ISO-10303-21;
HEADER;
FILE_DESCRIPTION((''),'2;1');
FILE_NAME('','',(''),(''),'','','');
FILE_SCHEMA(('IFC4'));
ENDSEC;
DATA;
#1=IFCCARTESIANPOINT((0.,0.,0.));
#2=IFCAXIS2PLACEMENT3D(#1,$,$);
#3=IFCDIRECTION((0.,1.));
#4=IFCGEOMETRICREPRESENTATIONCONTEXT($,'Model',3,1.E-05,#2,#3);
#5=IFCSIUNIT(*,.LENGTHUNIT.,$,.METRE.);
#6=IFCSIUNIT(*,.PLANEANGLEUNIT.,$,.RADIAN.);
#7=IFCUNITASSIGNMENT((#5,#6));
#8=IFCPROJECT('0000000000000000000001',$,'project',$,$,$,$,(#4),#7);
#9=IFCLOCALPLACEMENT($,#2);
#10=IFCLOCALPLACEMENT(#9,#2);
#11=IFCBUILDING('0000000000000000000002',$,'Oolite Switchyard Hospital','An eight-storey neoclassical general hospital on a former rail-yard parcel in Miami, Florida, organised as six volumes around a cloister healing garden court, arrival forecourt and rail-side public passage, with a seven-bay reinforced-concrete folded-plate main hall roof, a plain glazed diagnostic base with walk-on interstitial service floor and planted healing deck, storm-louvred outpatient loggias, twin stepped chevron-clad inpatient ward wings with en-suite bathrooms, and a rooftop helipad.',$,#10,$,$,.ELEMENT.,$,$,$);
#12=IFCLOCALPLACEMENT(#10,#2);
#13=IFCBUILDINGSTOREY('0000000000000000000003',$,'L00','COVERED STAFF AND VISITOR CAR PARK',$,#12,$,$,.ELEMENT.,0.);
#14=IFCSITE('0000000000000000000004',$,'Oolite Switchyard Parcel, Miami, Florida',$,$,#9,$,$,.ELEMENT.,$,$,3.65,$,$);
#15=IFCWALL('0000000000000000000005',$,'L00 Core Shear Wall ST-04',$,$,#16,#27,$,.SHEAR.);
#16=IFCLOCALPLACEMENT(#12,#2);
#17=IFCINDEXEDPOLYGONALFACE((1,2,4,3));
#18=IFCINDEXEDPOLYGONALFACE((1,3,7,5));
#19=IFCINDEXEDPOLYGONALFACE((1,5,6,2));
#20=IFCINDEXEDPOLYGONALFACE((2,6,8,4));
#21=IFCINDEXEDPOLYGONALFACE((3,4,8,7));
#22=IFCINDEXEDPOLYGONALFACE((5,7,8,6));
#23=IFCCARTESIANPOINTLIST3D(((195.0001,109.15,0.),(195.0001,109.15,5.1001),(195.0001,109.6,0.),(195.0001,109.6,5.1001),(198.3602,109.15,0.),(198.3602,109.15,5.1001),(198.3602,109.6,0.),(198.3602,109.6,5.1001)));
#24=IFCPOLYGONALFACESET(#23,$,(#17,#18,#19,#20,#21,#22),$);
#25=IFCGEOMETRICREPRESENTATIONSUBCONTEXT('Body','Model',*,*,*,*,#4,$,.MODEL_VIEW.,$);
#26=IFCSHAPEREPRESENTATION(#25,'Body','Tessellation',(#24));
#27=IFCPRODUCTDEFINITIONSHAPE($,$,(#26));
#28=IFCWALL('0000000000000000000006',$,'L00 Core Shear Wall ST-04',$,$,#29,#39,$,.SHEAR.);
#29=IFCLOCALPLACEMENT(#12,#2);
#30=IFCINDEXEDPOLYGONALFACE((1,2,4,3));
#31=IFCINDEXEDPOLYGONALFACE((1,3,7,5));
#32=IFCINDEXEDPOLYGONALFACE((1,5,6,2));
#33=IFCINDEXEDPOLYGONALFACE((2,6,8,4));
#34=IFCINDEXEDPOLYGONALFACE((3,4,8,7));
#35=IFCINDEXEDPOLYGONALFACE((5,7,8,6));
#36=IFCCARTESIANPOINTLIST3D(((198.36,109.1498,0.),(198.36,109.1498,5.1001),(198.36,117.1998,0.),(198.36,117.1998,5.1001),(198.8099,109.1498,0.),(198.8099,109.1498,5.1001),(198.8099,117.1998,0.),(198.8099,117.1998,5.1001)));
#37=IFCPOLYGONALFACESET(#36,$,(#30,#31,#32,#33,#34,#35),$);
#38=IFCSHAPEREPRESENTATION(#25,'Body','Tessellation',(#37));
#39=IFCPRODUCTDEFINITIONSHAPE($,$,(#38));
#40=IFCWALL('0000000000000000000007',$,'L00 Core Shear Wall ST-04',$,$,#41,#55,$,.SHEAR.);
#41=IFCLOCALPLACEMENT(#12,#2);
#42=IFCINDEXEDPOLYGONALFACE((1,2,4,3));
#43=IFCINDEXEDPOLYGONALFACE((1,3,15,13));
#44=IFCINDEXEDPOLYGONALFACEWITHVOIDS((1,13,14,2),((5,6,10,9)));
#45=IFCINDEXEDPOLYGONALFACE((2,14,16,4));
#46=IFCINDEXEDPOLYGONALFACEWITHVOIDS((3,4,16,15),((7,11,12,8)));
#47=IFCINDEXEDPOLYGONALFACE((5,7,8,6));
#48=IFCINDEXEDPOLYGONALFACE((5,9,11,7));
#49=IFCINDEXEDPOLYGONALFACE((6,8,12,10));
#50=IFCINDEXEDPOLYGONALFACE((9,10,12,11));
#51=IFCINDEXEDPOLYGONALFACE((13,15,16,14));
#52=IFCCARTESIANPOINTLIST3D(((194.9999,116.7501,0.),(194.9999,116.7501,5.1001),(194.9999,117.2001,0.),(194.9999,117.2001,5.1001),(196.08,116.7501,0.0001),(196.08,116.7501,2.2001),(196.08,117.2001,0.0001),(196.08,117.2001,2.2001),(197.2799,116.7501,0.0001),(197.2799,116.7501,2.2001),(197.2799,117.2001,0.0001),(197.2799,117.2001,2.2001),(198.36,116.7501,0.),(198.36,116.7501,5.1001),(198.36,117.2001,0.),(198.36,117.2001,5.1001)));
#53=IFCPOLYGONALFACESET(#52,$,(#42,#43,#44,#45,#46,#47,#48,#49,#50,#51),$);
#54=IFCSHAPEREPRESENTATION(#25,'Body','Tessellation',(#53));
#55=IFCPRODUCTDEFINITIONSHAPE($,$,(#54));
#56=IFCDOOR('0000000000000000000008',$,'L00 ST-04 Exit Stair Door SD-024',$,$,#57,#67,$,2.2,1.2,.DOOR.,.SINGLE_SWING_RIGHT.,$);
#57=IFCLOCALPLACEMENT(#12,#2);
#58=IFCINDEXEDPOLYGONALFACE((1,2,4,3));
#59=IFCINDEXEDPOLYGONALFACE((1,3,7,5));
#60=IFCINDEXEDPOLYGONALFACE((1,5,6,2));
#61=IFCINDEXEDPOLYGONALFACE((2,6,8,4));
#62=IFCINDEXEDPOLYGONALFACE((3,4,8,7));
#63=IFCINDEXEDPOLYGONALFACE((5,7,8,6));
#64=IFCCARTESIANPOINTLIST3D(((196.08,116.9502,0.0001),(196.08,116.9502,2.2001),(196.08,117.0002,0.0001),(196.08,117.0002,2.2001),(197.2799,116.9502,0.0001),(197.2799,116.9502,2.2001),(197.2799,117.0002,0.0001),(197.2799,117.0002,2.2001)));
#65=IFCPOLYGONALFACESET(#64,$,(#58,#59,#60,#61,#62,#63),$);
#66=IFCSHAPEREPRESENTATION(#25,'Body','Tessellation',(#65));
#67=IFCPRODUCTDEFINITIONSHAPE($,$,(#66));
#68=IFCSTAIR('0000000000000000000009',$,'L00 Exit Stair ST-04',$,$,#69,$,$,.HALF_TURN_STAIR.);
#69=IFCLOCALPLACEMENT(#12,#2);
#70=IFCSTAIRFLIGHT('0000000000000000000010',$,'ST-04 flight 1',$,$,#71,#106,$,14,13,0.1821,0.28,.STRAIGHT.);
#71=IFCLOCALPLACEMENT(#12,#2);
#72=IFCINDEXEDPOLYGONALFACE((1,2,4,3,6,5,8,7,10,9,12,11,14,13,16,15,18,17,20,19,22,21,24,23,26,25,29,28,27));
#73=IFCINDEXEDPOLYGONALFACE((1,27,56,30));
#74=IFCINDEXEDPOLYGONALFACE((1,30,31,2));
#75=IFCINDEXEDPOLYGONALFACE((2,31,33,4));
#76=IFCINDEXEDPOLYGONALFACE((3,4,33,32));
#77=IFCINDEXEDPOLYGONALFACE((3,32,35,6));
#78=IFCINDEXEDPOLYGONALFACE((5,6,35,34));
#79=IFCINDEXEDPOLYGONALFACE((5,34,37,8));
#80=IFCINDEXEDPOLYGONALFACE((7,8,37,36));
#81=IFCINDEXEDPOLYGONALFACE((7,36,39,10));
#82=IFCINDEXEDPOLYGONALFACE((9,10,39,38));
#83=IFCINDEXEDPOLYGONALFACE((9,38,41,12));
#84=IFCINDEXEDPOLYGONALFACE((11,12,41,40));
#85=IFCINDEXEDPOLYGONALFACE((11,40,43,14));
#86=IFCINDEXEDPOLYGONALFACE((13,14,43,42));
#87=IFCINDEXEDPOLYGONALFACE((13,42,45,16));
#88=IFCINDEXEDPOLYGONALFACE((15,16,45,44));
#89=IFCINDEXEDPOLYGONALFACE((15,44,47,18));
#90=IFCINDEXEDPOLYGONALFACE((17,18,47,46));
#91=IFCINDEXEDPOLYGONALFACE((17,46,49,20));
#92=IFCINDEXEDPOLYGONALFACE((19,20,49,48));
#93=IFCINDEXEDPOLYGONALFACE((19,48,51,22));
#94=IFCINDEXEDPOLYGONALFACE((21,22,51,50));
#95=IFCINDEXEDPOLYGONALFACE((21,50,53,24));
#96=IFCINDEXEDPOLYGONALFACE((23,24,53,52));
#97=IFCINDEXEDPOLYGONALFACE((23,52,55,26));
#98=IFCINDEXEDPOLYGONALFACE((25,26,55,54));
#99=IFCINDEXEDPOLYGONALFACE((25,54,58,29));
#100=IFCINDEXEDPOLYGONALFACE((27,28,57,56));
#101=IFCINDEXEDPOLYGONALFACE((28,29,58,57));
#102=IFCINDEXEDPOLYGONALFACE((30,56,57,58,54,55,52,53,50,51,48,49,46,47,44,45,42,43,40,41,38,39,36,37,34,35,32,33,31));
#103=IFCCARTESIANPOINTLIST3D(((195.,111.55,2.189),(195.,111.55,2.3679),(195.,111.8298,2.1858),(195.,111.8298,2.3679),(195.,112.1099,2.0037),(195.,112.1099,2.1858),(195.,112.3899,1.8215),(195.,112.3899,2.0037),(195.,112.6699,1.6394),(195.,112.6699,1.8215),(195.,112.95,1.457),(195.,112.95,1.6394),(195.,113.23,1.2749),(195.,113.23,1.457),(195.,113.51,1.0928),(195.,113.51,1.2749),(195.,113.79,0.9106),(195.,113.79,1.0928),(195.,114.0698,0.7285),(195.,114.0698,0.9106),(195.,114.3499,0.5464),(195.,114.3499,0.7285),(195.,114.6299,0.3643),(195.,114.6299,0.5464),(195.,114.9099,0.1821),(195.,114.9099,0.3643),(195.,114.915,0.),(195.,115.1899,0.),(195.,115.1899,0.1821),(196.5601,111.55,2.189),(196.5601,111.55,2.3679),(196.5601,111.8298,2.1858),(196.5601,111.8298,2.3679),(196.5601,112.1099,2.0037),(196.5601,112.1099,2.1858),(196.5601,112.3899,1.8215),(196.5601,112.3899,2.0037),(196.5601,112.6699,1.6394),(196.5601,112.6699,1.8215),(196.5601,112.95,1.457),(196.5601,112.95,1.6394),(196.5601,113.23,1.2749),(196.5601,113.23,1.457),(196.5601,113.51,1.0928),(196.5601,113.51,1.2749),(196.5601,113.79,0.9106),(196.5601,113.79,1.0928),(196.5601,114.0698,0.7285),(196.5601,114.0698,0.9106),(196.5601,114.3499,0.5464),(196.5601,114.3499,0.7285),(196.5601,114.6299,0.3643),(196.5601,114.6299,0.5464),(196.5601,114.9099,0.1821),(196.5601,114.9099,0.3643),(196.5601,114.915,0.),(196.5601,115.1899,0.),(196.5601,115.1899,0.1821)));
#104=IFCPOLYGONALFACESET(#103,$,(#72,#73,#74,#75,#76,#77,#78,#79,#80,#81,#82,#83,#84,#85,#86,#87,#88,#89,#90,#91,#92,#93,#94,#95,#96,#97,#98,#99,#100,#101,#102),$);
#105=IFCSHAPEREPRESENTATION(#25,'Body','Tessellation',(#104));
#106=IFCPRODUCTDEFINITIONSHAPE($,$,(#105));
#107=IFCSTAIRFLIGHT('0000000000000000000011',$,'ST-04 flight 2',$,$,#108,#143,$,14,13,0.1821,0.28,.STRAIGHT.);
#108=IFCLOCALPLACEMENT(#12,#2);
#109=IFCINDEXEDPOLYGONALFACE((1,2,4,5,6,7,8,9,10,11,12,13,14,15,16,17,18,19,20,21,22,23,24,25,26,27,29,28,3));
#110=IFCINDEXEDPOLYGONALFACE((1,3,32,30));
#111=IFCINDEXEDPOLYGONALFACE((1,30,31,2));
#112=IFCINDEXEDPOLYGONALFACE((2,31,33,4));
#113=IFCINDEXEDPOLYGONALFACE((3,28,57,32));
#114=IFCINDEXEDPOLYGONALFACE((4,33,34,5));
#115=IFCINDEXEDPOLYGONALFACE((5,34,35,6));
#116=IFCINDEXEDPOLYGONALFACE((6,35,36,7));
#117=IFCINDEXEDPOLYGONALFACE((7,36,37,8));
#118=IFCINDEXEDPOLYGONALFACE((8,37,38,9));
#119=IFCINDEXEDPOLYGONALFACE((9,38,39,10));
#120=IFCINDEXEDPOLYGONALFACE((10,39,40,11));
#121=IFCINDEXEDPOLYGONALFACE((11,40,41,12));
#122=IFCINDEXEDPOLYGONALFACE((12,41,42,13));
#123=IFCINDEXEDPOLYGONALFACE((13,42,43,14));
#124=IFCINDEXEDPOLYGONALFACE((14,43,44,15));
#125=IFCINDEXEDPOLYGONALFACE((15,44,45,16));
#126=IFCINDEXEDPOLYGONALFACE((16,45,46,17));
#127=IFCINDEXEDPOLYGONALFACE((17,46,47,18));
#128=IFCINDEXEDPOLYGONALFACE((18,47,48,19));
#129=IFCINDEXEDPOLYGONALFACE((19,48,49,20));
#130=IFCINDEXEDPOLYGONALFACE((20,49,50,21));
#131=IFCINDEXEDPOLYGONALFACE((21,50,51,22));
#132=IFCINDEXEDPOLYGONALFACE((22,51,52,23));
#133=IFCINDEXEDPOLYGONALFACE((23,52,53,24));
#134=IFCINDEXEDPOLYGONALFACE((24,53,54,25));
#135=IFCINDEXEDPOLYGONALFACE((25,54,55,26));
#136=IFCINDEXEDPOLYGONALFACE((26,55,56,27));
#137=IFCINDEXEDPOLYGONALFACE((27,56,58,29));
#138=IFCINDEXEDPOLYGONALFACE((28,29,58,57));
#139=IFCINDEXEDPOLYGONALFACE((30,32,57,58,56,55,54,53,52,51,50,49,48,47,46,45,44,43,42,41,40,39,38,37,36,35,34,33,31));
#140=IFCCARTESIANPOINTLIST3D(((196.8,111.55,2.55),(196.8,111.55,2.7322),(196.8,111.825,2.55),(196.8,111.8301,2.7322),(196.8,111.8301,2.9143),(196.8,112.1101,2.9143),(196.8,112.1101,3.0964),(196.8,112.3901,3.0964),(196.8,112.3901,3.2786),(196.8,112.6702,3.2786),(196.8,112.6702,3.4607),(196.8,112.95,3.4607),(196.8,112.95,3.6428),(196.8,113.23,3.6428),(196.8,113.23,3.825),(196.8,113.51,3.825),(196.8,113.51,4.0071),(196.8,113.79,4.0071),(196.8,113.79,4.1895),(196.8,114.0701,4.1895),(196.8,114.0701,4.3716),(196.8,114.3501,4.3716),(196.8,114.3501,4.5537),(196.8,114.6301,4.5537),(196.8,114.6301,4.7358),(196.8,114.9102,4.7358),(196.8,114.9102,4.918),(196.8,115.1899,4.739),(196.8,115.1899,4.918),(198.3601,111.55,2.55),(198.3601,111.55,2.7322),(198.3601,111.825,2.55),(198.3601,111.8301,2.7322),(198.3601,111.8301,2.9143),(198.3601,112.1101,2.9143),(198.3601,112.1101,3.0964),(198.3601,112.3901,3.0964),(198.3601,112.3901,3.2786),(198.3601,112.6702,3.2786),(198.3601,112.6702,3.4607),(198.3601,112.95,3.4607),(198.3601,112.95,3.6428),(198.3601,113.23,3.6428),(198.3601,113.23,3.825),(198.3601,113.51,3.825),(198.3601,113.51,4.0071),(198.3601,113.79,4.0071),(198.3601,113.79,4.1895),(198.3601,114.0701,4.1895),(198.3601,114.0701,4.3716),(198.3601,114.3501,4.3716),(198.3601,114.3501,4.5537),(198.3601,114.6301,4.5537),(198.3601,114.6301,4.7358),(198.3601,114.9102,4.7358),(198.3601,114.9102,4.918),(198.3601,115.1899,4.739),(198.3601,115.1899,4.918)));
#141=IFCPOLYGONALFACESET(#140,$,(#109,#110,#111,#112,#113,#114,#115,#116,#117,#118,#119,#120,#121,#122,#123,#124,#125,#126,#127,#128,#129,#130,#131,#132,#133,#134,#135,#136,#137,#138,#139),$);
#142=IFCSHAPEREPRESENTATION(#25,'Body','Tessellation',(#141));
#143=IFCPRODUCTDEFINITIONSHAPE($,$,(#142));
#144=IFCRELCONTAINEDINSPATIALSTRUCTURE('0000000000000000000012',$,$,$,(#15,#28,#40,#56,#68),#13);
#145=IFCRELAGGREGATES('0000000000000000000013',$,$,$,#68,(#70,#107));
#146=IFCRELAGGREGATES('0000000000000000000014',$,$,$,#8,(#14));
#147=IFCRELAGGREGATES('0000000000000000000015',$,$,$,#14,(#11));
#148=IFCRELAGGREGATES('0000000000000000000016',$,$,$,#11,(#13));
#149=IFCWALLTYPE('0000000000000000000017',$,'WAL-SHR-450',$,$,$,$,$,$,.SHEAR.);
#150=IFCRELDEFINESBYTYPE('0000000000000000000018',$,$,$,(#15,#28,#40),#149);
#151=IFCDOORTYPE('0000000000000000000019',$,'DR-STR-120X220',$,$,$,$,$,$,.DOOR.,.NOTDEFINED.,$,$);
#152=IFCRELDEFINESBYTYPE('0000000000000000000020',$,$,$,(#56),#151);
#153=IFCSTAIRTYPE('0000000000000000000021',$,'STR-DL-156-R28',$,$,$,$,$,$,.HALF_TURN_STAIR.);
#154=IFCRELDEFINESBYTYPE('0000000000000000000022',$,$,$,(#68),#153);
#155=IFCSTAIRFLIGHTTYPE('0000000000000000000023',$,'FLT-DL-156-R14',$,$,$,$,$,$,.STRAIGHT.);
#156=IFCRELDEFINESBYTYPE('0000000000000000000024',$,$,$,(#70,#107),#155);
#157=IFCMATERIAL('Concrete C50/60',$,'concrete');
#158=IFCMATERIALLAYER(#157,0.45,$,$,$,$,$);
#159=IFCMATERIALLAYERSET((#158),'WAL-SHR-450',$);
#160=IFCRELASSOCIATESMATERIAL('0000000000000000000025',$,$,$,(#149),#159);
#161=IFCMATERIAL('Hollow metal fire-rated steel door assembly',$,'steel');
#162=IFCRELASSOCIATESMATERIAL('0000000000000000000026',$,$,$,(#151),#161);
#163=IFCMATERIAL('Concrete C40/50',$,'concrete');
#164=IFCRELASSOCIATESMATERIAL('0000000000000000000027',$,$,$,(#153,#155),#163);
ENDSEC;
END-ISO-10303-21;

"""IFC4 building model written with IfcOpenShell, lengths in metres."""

from ifc_helpers import new_model, si_unit, direction, frame, frame_2d, origin, place, context, subcontext, project, spatial, polyline, rectangle, outline, extrude, material, layer, layer_set, type_object, element, fill, aggregate, save


model = new_model("IFC4")

# Units and contexts
model_context = context("Model", 3, precision=1e-05, world=origin(), true_north=direction((0.0, 1.0)))
body_context = subcontext(model_context, "Body", "Model", "MODEL_VIEW")
ifc_project = project(units=[si_unit("LENGTHUNIT", "METRE"), si_unit("PLANEANGLEUNIT", "RADIAN")], contexts=[model_context])

# Site, building, storey
site_placement = place(None, origin())
site = spatial("IfcSite", under=ifc_project, at=site_placement, Name="Oolite Switchyard Parcel, Miami, Florida", CompositionType="ELEMENT", RefElevation=3.65)
building_placement = place(site_placement, origin())
building = spatial("IfcBuilding", under=site, at=building_placement, Name="Oolite Switchyard Hospital", Description="An eight-storey neoclassical general hospital on a former rail-yard parcel in Miami, Florida, organised as six volumes around a cloister healing garden court, arrival forecourt and rail-side public passage, with a seven-bay reinforced-concrete folded-plate main hall roof, a plain glazed diagnostic base with walk-on interstitial service floor and planted healing deck, storm-louvred outpatient loggias, twin stepped chevron-clad inpatient ward wings with en-suite bathrooms, and a rooftop helipad.", CompositionType="ELEMENT")
storey_placement = place(building_placement, origin())
storey = spatial("IfcBuildingStorey", under=building, at=storey_placement, Name="L00", Description="COVERED STAFF AND VISITOR CAR PARK", CompositionType="ELEMENT", Elevation=0.0)

# Shared definitions
ifc_material_1 = material(Name="Concrete C40/50", Category="concrete")

# Shared definitions
ifc_material_2 = material(Name="Concrete C50/60", Category="concrete")

# Walls
ifc_layer = layer(ifc_material_2, 0.45)
ifc_layer_set = layer_set([ifc_layer], Name="WAL-SHR-450")
wall_type = type_object("IfcWallType", Name="WAL-SHR-450", PredefinedType="SHEAR", material=ifc_layer_set)
wall_1_placement = place(storey_placement, frame((195.0, 109.375, 0.0), z_axis=(0.0, 0.0, 1.0), x_axis=(1.0, 0.0, 0.0)))
element("IfcWall", 1, at=wall_1_placement, inside=storey, type_object=wall_type, Name="L00 Core Shear Wall ST-04", PredefinedType="SHEAR", context=body_context, shape_type="SweptSolid", body=[
    extrude(rectangle(XDim=3.3601, YDim=0.45, at=frame_2d((1.6802, 0.0))), origin(), (0.0, 0.0, 1.0), 5.1001),
])
wall_2_placement = place(storey_placement, frame((198.585, 109.1499, 0.0), z_axis=(0.0, 0.0, 1.0), x_axis=(0.0, 1.0, 0.0)))
element("IfcWall", 2, at=wall_2_placement, inside=storey, type_object=wall_type, Name="L00 Core Shear Wall ST-04", PredefinedType="SHEAR", context=body_context, shape_type="SweptSolid", body=[
    extrude(rectangle(XDim=8.05, YDim=0.45, at=frame_2d((4.0249, 0.0))), origin(), (0.0, 0.0, 1.0), 5.1001),
])

# Wall, opening, door
wall_3_placement = place(storey_placement, frame((198.3601, 116.9751, 0.0), z_axis=(0.0, 0.0, 1.0), x_axis=(-1.0, 0.0, 0.0)))
wall_3 = element("IfcWall", 3, at=wall_3_placement, inside=storey, type_object=wall_type, Name="L00 Core Shear Wall ST-04", PredefinedType="SHEAR", context=body_context, shape_type="SweptSolid", body=[
    extrude(rectangle(XDim=3.3601, YDim=0.45, at=frame_2d((1.6802, 0.0))), origin(), (0.0, 0.0, 1.0), 5.1001),
])
opening_placement = place(wall_3_placement, frame((1.0801, 0.0, 0.0)))
opening = element("IfcOpeningElement", 4, at=opening_placement, cuts=wall_3, PredefinedType="OPENING", context=body_context, shape_type="SweptSolid", body=[
    extrude(rectangle(XDim=1.2, YDim=2.2, at=frame_2d((0.6001, 1.1001))), frame((0.0, 0.2349, 0.0), z_axis=(0.0, -1.0, 0.0), x_axis=(1.0, 0.0, 0.0)), (0.0, 0.0, 1.0), 0.47),
])
ifc_material_3 = material(Name="Hollow metal fire-rated steel door assembly", Category="steel")
door_type = type_object("IfcDoorType", Name="DR-STR-120X220", OperationType="NOTDEFINED", PredefinedType="DOOR", material=ifc_material_3)
door_placement = place(opening_placement, origin())
door = element("IfcDoor", 5, at=door_placement, inside=storey, type_object=door_type, Name="L00 ST-04 Exit Stair Door SD-024", OperationType="SINGLE_SWING_RIGHT", OverallHeight=2.2, OverallWidth=1.2, PredefinedType="DOOR", context=body_context, shape_type="SweptSolid", body=[
    extrude(rectangle(XDim=1.2, YDim=2.2, at=frame_2d((0.6001, 1.1001))), frame((0.0, 0.0249, 0.0), z_axis=(0.0, -1.0, 0.0), x_axis=(1.0, 0.0, 0.0)), (0.0, 0.0, 1.0), 0.05),
])
fill(opening, door)

# Stair, stair flights
stair_type = type_object("IfcStairType", Name="STR-DL-156-R28", PredefinedType="HALF_TURN_STAIR", material=ifc_material_1)
stair_placement = place(storey_placement, origin())
stair = element("IfcStair", 6, at=stair_placement, inside=storey, type_object=stair_type, Name="L00 Exit Stair ST-04", PredefinedType="HALF_TURN_STAIR")
stair_flight_type = type_object("IfcStairFlightType", Name="FLT-DL-156-R14", PredefinedType="STRAIGHT", material=ifc_material_1)
stair_flight_1_placement = place(storey_placement, frame((195.78, 115.1899, 0.0), z_axis=(0.0, 0.0, 1.0), x_axis=(0.0, -1.0, 0.0)))
stair_flight_1 = element("IfcStairFlight", 7, at=stair_flight_1_placement, type_object=stair_flight_type, Name="ST-04 flight 1", NumberOfRisers=14, NumberOfTreads=13, PredefinedType="STRAIGHT", RiserHeight=0.1821, TreadLength=0.28, context=body_context, shape_type="SweptSolid", body=[
    extrude(outline(polyline([(0.0, 0.0), (0.0, 0.1821), (0.28, 0.1821), (0.28, 0.3643), (0.5601, 0.3643), (0.5601, 0.5464), (0.8401, 0.5464), (0.8401, 0.7285), (1.1201, 0.7285), (1.1201, 0.9106), (1.3999, 0.9106), (1.3999, 1.0928), (1.6799, 1.0928), (1.6799, 1.2749), (1.96, 1.2749), (1.96, 1.457), (2.24, 1.457), (2.24, 1.6394), (2.52, 1.6394), (2.52, 1.8215), (2.8, 1.8215), (2.8, 2.0037), (3.0801, 2.0037), (3.0801, 2.1858), (3.3601, 2.1858), (3.3601, 2.3679), (3.6399, 2.3679), (3.6399, 2.55), (3.6399, 2.189), (0.2749, 0.0), (0.0, 0.0)])), frame((0.0, 0.78, 0.0), z_axis=(0.0, -1.0, 0.0), x_axis=(1.0, 0.0, 0.0)), (0.0, 0.0, 1.0), 1.5601),
])
stair_flight_2_placement = place(storey_placement, frame((197.5801, 111.55, 2.55), z_axis=(0.0, 0.0, 1.0), x_axis=(0.0, 1.0, 0.0)))
stair_flight_2 = element("IfcStairFlight", 8, at=stair_flight_2_placement, type_object=stair_flight_type, Name="ST-04 flight 2", NumberOfRisers=14, NumberOfTreads=13, PredefinedType="STRAIGHT", RiserHeight=0.1821, TreadLength=0.28, context=body_context, shape_type="SweptSolid", body=[
    extrude(outline(polyline([(0.0, 0.0), (0.0, 0.1821), (0.28, 0.1821), (0.28, 0.3643), (0.5601, 0.3643), (0.5601, 0.5464), (0.8401, 0.5464), (0.8401, 0.7285), (1.1201, 0.7285), (1.1201, 0.9106), (1.3999, 0.9106), (1.3999, 1.0928), (1.6799, 1.0928), (1.6799, 1.2749), (1.96, 1.2749), (1.96, 1.457), (2.24, 1.457), (2.24, 1.6394), (2.52, 1.6394), (2.52, 1.8215), (2.8, 1.8215), (2.8, 2.0037), (3.0801, 2.0037), (3.0801, 2.1858), (3.3601, 2.1858), (3.3601, 2.3679), (3.6399, 2.3679), (3.6399, 2.55), (3.6399, 2.189), (0.2749, 0.0), (0.0, 0.0)])), frame((0.0, 0.78, 0.0), z_axis=(0.0, -1.0, 0.0), x_axis=(1.0, 0.0, 0.0)), (0.0, 0.0, 1.0), 1.5601),
])
aggregate(stair, [stair_flight_1, stair_flight_2])

save(model, "model.ifc")
